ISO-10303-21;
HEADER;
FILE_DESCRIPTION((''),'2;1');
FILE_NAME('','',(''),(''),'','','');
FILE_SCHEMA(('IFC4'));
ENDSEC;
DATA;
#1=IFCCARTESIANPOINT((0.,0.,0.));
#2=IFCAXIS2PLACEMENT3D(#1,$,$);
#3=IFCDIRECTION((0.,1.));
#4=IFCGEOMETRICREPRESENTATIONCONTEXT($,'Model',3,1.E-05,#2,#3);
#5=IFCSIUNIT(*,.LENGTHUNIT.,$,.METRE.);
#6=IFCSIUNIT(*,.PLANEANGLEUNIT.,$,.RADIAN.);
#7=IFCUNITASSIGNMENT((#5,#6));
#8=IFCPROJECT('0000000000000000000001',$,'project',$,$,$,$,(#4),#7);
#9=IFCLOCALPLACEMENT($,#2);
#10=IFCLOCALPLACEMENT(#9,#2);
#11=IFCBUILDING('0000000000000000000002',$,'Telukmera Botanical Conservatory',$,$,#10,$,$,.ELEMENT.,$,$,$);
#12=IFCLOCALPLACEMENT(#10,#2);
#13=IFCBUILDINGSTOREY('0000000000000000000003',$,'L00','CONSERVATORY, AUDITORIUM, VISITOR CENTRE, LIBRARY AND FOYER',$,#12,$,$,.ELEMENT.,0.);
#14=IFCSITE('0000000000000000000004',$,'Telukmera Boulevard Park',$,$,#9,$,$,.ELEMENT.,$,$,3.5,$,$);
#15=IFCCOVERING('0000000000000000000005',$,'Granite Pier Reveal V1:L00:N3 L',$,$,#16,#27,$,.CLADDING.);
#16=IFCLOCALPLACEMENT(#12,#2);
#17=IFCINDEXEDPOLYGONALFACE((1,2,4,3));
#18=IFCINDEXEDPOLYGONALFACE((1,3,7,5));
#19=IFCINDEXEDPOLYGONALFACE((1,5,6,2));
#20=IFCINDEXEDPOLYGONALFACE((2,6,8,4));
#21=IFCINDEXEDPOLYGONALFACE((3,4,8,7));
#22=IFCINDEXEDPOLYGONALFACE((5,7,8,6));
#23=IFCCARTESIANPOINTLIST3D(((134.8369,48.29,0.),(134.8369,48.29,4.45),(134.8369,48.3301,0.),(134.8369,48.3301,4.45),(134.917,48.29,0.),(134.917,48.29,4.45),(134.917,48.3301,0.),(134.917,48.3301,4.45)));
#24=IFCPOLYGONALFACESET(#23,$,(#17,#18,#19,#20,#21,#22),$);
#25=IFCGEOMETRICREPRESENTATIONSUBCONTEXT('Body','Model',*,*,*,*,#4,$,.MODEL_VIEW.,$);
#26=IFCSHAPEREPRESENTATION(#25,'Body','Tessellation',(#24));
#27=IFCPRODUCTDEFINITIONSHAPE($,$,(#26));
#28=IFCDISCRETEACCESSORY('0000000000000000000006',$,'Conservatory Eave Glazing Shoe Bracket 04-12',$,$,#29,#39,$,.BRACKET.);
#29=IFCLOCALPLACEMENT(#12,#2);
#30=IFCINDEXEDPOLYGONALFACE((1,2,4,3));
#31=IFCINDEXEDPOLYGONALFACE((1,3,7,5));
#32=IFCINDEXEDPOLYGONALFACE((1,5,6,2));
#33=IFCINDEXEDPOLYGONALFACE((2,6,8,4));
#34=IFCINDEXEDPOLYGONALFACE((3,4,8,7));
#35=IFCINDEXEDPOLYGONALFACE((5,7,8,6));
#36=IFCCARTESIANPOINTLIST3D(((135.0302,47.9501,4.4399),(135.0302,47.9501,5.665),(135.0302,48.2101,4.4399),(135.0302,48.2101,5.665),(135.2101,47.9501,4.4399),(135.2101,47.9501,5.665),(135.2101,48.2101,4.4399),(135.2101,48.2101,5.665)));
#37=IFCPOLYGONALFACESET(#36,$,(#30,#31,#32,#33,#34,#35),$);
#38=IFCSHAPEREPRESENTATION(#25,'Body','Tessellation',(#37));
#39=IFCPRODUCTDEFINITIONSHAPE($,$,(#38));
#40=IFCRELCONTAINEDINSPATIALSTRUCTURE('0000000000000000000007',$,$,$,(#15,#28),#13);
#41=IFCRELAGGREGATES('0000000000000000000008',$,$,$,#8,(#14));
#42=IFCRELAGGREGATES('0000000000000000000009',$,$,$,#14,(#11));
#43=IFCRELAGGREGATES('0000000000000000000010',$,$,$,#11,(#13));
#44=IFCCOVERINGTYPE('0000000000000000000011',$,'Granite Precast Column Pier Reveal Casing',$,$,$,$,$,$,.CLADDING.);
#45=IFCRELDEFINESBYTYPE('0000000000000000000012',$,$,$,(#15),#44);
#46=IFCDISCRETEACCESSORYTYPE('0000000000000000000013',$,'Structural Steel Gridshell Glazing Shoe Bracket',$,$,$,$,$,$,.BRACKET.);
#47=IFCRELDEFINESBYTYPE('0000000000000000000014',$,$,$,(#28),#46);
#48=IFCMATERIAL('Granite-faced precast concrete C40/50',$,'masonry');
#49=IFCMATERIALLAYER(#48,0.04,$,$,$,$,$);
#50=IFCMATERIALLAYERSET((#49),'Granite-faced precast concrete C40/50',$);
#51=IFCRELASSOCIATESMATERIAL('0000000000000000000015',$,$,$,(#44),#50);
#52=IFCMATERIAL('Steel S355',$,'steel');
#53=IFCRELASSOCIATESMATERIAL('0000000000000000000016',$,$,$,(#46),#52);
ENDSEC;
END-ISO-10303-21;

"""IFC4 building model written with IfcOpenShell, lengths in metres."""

from ifc_helpers import new_model, si_unit, direction, frame, origin, origin_2d, place, context, subcontext, project, spatial, rectangle, extrude, material, layer, layer_set, type_object, element, save


model = new_model("IFC4")

# Units and contexts
model_context = context("Model", 3, precision=1e-05, world=origin(), true_north=direction((0.0, 1.0)))
body_context = subcontext(model_context, "Body", "Model", "MODEL_VIEW")
ifc_project = project(units=[si_unit("LENGTHUNIT", "METRE"), si_unit("PLANEANGLEUNIT", "RADIAN")], contexts=[model_context])

# Site, building, storey
site_placement = place(None, origin())
site = spatial("IfcSite", under=ifc_project, at=site_placement, Name="Telukmera Boulevard Park", CompositionType="ELEMENT", RefElevation=3.5)
building_placement = place(site_placement, origin())
building = spatial("IfcBuilding", under=site, at=building_placement, Name="Telukmera Botanical Conservatory", CompositionType="ELEMENT")
storey_placement = place(building_placement, origin())
storey = spatial("IfcBuildingStorey", under=building, at=storey_placement, Name="L00", Description="CONSERVATORY, AUDITORIUM, VISITOR CENTRE, LIBRARY AND FOYER", CompositionType="ELEMENT", Elevation=0.0)

# Shared definitions
ifc_material_1 = material(Name="Steel S355", Category="steel")

# Covering
ifc_material_2 = material(Name="Granite-faced precast concrete C40/50", Category="masonry")
ifc_layer_1 = layer(ifc_material_2, 0.04)
ifc_layer_set_1 = layer_set([ifc_layer_1], Name="Granite-faced precast concrete C40/50")
covering_type = type_object("IfcCoveringType", Name="Granite Precast Column Pier Reveal Casing", PredefinedType="CLADDING", material=ifc_layer_set_1)
for number, where, z_axis, x_axis, name in (
    (1, (134.877, 48.3101, 0.0), (0.0, 0.0, 1.0), (1.0, 0.0, 0.0), "Granite Pier Reveal V1:L00:N3 L"),
):
    element("IfcCovering", number, at=place(storey_placement, frame(where, z_axis=z_axis, x_axis=x_axis)), inside=storey, type_object=covering_type, Name=name, PredefinedType="CLADDING", context=body_context, shape_type="SweptSolid", body=[
        extrude(rectangle(XDim=0.0801, YDim=0.04, at=origin_2d()), origin(), (0.0, 0.0, 1.0), 4.45),
    ])

# Discrete accessory
discrete_accessory_type = type_object("IfcDiscreteAccessoryType", Name="Structural Steel Gridshell Glazing Shoe Bracket", PredefinedType="BRACKET", material=ifc_material_1)
discrete_accessory_placement = place(storey_placement, frame((135.1201, 48.0801, 4.4399), z_axis=(0.0, 0.0, 1.0), x_axis=(1.0, 0.0, 0.0)))
element("IfcDiscreteAccessory", 2, at=discrete_accessory_placement, inside=storey, type_object=discrete_accessory_type, Name="Conservatory Eave Glazing Shoe Bracket 04-12", PredefinedType="BRACKET", context=body_context, shape_type="SweptSolid", body=[
    extrude(rectangle(XDim=0.1799, YDim=0.26, at=origin_2d()), origin(), (0.0, 0.0, 1.0), 1.2251),
])

save(model, "model.ifc")
